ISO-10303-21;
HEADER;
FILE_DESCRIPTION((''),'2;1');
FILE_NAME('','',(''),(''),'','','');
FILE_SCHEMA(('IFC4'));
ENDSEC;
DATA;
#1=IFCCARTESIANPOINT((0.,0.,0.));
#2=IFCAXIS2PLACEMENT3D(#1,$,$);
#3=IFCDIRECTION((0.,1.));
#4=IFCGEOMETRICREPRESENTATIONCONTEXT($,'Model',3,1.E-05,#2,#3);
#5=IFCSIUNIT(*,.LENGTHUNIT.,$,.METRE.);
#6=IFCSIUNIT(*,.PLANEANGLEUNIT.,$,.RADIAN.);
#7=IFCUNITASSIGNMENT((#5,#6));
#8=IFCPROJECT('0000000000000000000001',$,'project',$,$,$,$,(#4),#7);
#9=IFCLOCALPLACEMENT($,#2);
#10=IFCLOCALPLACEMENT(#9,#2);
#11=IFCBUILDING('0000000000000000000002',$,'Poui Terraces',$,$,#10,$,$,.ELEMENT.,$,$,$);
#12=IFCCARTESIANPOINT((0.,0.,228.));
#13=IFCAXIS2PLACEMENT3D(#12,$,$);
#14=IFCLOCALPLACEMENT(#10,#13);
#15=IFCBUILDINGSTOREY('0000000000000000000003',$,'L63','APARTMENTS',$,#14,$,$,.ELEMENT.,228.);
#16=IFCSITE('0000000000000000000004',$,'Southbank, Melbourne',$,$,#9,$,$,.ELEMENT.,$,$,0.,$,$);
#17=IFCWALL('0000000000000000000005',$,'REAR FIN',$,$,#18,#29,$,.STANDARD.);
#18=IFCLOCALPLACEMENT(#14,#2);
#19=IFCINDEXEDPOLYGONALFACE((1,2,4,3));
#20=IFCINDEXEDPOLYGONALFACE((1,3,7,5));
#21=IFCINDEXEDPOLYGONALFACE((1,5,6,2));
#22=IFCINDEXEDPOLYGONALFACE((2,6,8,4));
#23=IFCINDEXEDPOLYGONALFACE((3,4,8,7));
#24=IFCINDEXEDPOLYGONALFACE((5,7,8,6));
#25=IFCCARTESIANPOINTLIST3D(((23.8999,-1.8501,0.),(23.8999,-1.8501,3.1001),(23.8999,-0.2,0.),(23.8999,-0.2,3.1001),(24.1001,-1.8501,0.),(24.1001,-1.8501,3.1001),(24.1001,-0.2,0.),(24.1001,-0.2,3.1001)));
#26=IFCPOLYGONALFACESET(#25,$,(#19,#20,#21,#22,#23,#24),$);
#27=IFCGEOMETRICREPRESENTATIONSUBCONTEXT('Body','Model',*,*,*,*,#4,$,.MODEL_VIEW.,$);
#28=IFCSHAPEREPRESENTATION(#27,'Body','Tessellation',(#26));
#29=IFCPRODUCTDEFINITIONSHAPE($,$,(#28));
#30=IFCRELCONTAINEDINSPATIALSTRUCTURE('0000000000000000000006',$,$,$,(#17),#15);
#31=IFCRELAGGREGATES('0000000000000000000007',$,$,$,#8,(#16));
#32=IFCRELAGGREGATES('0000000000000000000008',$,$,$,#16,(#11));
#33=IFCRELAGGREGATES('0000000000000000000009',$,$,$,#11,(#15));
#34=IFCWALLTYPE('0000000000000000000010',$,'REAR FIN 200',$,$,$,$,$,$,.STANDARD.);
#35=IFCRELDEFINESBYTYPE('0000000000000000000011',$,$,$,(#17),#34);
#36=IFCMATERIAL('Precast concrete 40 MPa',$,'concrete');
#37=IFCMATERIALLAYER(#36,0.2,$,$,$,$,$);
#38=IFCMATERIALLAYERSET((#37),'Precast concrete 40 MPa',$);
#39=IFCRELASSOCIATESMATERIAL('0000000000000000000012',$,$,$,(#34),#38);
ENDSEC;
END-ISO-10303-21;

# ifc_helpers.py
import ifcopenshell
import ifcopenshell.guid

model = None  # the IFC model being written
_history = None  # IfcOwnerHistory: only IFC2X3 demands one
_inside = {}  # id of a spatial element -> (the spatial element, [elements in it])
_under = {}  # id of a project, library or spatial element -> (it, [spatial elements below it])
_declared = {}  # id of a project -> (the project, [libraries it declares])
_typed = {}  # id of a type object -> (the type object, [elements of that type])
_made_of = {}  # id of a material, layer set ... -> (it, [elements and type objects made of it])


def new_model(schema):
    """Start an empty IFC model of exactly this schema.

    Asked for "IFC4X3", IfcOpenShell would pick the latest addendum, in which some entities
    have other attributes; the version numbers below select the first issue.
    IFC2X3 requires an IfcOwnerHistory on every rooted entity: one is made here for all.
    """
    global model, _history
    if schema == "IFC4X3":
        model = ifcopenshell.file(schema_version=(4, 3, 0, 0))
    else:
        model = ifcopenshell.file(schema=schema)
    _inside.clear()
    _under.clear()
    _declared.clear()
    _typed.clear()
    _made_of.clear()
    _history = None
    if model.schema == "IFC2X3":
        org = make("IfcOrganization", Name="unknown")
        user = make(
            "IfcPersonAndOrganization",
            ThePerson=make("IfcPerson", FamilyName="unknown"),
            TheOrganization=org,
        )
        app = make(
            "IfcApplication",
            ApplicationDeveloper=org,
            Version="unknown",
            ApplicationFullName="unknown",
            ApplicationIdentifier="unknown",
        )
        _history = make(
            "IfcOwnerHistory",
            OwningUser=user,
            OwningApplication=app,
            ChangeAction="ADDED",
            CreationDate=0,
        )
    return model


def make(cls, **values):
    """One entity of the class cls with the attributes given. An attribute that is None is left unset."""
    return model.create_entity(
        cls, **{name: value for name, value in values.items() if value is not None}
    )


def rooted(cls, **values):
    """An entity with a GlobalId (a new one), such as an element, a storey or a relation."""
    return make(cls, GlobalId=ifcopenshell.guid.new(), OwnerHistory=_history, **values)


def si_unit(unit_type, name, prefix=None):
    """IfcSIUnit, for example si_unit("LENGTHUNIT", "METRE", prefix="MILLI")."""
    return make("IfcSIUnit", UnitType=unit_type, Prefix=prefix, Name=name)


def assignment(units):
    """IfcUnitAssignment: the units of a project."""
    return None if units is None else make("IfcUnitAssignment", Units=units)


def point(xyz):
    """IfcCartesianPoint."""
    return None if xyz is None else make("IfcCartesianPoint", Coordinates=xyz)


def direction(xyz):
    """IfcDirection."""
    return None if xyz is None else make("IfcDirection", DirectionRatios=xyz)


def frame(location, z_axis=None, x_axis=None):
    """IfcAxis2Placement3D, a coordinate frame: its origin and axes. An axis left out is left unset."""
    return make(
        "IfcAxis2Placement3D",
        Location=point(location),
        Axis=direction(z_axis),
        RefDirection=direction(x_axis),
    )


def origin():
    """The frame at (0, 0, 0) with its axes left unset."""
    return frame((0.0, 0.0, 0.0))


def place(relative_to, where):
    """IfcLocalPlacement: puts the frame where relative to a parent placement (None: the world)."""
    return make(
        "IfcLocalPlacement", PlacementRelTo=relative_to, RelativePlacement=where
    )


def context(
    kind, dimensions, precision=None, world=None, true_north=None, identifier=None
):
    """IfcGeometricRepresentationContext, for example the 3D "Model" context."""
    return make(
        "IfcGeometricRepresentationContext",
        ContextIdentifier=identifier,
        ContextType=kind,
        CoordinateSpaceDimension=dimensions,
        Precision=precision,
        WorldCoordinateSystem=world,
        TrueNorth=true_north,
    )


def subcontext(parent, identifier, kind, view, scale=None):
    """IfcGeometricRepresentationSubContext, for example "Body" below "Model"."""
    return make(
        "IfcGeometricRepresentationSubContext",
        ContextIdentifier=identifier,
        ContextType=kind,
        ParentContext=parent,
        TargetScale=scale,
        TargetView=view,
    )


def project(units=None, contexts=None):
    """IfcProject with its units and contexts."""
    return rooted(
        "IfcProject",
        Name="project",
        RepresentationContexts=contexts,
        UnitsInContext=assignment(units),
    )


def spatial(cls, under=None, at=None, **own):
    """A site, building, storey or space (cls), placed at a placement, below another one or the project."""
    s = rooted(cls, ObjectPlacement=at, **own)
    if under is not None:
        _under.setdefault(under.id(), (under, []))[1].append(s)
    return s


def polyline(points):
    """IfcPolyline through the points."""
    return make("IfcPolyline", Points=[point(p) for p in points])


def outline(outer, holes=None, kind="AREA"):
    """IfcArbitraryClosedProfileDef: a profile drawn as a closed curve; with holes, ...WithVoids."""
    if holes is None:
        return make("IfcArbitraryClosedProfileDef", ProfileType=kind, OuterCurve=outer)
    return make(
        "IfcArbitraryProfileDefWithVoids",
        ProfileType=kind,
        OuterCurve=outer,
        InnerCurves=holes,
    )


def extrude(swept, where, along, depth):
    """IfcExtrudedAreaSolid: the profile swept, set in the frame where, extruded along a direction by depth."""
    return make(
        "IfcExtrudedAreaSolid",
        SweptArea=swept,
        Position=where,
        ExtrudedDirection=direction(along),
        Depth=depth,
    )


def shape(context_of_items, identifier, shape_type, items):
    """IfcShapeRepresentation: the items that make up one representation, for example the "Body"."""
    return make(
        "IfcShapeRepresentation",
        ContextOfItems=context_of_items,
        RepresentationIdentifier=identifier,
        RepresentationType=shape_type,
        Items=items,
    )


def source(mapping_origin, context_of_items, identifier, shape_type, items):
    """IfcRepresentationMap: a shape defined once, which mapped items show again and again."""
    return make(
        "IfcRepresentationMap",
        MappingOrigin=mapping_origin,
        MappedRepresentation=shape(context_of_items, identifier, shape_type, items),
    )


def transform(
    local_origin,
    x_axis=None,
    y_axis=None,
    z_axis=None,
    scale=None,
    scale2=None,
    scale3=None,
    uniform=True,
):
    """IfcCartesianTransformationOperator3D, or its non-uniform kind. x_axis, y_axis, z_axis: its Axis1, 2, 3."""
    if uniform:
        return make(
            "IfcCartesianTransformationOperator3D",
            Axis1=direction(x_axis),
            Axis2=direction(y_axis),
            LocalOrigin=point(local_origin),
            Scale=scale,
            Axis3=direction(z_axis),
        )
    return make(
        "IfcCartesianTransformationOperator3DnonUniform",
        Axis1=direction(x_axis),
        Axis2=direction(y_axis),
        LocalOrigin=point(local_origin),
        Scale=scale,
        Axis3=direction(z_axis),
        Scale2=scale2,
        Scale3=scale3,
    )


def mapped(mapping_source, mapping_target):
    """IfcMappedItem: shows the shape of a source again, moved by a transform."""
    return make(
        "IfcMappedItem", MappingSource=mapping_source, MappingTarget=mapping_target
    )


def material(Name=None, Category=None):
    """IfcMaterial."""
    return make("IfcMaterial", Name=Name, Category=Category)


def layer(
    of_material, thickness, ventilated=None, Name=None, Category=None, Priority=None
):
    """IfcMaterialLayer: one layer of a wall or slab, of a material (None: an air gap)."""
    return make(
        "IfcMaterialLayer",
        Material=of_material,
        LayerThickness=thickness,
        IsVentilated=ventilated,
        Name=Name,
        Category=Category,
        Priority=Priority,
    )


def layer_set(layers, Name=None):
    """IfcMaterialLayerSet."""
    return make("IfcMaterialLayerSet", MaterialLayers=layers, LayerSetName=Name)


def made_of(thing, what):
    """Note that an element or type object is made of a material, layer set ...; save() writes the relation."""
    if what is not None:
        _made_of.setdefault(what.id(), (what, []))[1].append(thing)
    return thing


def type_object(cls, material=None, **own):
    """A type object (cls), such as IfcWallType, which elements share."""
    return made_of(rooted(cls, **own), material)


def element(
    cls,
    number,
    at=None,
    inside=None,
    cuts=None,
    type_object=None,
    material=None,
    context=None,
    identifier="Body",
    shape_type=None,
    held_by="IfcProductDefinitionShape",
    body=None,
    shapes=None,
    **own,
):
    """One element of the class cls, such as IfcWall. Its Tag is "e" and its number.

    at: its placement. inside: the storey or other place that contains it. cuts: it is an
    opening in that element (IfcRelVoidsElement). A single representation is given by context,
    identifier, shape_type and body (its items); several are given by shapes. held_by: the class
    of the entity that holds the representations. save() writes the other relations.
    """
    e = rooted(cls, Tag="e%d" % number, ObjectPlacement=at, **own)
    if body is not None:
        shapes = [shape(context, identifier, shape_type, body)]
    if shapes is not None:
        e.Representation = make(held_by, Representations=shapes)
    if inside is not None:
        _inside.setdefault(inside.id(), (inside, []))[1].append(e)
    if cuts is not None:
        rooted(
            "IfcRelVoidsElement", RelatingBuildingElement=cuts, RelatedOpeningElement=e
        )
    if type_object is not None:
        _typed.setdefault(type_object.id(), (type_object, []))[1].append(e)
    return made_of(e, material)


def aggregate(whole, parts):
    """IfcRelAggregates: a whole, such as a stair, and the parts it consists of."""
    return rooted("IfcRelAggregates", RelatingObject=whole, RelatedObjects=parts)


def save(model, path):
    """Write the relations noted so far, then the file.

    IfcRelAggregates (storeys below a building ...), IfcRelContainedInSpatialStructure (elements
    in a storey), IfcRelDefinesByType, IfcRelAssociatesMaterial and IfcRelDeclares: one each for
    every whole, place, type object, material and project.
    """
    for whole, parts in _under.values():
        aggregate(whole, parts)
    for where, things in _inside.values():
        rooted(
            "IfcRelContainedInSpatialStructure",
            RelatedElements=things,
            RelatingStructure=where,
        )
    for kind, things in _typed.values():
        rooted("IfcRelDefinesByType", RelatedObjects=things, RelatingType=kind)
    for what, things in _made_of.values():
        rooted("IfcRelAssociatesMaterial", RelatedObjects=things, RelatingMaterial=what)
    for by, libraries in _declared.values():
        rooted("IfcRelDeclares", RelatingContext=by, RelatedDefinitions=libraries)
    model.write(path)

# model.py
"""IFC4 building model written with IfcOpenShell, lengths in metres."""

from ifc_helpers import new_model, si_unit, direction, frame, origin, place, context, subcontext, project, spatial, polyline, outline, extrude, source, transform, mapped, material, layer, layer_set, type_object, element, save


model = new_model("IFC4")

# Units and contexts
model_context = context("Model", 3, precision=1e-05, world=origin(), true_north=direction((0.0, 1.0)))
body_context = subcontext(model_context, "Body", "Model", "MODEL_VIEW")
ifc_project = project(units=[si_unit("LENGTHUNIT", "METRE"), si_unit("PLANEANGLEUNIT", "RADIAN")], contexts=[model_context])

# Site, building, storey
site_placement = place(None, origin())
site = spatial("IfcSite", under=ifc_project, at=site_placement, Name="Southbank, Melbourne", CompositionType="ELEMENT", RefElevation=0.0)
building_placement = place(site_placement, origin())
building = spatial("IfcBuilding", under=site, at=building_placement, Name="Poui Terraces", CompositionType="ELEMENT")
storey_placement = place(building_placement, frame((0.0, 0.0, 228.0)))
storey = spatial("IfcBuildingStorey", under=building, at=storey_placement, Name="L63", Description="APARTMENTS", CompositionType="ELEMENT", Elevation=228.0)

# Wall
ifc_material = material(Name="Precast concrete 40 MPa", Category="concrete")
ifc_layer = layer(ifc_material, 0.2)
ifc_layer_set = layer_set([ifc_layer], Name="Precast concrete 40 MPa")
wall_type = type_object("IfcWallType", Name="REAR FIN 200", PredefinedType="STANDARD", material=ifc_layer_set)
shared_shape = source(origin(), body_context, "Body", "SweptSolid", [
    extrude(outline(polyline([(0.0, 0.0), (0.2002, 0.0), (0.2002, 1.6501), (0.0, 1.6501), (0.0, 0.0)])), origin(), (0.0, 0.0, 1.0), 3.1001),
])
wall_placement = place(storey_placement, frame((23.8999, -1.8501, 0.0)))
element("IfcWall", 1, at=wall_placement, inside=storey, type_object=wall_type, Name="REAR FIN", PredefinedType="STANDARD", context=body_context, shape_type="MappedRepresentation", body=[
    mapped(shared_shape, transform((0.0, 0.0, 0.0))),
])

save(model, "model.ifc")
